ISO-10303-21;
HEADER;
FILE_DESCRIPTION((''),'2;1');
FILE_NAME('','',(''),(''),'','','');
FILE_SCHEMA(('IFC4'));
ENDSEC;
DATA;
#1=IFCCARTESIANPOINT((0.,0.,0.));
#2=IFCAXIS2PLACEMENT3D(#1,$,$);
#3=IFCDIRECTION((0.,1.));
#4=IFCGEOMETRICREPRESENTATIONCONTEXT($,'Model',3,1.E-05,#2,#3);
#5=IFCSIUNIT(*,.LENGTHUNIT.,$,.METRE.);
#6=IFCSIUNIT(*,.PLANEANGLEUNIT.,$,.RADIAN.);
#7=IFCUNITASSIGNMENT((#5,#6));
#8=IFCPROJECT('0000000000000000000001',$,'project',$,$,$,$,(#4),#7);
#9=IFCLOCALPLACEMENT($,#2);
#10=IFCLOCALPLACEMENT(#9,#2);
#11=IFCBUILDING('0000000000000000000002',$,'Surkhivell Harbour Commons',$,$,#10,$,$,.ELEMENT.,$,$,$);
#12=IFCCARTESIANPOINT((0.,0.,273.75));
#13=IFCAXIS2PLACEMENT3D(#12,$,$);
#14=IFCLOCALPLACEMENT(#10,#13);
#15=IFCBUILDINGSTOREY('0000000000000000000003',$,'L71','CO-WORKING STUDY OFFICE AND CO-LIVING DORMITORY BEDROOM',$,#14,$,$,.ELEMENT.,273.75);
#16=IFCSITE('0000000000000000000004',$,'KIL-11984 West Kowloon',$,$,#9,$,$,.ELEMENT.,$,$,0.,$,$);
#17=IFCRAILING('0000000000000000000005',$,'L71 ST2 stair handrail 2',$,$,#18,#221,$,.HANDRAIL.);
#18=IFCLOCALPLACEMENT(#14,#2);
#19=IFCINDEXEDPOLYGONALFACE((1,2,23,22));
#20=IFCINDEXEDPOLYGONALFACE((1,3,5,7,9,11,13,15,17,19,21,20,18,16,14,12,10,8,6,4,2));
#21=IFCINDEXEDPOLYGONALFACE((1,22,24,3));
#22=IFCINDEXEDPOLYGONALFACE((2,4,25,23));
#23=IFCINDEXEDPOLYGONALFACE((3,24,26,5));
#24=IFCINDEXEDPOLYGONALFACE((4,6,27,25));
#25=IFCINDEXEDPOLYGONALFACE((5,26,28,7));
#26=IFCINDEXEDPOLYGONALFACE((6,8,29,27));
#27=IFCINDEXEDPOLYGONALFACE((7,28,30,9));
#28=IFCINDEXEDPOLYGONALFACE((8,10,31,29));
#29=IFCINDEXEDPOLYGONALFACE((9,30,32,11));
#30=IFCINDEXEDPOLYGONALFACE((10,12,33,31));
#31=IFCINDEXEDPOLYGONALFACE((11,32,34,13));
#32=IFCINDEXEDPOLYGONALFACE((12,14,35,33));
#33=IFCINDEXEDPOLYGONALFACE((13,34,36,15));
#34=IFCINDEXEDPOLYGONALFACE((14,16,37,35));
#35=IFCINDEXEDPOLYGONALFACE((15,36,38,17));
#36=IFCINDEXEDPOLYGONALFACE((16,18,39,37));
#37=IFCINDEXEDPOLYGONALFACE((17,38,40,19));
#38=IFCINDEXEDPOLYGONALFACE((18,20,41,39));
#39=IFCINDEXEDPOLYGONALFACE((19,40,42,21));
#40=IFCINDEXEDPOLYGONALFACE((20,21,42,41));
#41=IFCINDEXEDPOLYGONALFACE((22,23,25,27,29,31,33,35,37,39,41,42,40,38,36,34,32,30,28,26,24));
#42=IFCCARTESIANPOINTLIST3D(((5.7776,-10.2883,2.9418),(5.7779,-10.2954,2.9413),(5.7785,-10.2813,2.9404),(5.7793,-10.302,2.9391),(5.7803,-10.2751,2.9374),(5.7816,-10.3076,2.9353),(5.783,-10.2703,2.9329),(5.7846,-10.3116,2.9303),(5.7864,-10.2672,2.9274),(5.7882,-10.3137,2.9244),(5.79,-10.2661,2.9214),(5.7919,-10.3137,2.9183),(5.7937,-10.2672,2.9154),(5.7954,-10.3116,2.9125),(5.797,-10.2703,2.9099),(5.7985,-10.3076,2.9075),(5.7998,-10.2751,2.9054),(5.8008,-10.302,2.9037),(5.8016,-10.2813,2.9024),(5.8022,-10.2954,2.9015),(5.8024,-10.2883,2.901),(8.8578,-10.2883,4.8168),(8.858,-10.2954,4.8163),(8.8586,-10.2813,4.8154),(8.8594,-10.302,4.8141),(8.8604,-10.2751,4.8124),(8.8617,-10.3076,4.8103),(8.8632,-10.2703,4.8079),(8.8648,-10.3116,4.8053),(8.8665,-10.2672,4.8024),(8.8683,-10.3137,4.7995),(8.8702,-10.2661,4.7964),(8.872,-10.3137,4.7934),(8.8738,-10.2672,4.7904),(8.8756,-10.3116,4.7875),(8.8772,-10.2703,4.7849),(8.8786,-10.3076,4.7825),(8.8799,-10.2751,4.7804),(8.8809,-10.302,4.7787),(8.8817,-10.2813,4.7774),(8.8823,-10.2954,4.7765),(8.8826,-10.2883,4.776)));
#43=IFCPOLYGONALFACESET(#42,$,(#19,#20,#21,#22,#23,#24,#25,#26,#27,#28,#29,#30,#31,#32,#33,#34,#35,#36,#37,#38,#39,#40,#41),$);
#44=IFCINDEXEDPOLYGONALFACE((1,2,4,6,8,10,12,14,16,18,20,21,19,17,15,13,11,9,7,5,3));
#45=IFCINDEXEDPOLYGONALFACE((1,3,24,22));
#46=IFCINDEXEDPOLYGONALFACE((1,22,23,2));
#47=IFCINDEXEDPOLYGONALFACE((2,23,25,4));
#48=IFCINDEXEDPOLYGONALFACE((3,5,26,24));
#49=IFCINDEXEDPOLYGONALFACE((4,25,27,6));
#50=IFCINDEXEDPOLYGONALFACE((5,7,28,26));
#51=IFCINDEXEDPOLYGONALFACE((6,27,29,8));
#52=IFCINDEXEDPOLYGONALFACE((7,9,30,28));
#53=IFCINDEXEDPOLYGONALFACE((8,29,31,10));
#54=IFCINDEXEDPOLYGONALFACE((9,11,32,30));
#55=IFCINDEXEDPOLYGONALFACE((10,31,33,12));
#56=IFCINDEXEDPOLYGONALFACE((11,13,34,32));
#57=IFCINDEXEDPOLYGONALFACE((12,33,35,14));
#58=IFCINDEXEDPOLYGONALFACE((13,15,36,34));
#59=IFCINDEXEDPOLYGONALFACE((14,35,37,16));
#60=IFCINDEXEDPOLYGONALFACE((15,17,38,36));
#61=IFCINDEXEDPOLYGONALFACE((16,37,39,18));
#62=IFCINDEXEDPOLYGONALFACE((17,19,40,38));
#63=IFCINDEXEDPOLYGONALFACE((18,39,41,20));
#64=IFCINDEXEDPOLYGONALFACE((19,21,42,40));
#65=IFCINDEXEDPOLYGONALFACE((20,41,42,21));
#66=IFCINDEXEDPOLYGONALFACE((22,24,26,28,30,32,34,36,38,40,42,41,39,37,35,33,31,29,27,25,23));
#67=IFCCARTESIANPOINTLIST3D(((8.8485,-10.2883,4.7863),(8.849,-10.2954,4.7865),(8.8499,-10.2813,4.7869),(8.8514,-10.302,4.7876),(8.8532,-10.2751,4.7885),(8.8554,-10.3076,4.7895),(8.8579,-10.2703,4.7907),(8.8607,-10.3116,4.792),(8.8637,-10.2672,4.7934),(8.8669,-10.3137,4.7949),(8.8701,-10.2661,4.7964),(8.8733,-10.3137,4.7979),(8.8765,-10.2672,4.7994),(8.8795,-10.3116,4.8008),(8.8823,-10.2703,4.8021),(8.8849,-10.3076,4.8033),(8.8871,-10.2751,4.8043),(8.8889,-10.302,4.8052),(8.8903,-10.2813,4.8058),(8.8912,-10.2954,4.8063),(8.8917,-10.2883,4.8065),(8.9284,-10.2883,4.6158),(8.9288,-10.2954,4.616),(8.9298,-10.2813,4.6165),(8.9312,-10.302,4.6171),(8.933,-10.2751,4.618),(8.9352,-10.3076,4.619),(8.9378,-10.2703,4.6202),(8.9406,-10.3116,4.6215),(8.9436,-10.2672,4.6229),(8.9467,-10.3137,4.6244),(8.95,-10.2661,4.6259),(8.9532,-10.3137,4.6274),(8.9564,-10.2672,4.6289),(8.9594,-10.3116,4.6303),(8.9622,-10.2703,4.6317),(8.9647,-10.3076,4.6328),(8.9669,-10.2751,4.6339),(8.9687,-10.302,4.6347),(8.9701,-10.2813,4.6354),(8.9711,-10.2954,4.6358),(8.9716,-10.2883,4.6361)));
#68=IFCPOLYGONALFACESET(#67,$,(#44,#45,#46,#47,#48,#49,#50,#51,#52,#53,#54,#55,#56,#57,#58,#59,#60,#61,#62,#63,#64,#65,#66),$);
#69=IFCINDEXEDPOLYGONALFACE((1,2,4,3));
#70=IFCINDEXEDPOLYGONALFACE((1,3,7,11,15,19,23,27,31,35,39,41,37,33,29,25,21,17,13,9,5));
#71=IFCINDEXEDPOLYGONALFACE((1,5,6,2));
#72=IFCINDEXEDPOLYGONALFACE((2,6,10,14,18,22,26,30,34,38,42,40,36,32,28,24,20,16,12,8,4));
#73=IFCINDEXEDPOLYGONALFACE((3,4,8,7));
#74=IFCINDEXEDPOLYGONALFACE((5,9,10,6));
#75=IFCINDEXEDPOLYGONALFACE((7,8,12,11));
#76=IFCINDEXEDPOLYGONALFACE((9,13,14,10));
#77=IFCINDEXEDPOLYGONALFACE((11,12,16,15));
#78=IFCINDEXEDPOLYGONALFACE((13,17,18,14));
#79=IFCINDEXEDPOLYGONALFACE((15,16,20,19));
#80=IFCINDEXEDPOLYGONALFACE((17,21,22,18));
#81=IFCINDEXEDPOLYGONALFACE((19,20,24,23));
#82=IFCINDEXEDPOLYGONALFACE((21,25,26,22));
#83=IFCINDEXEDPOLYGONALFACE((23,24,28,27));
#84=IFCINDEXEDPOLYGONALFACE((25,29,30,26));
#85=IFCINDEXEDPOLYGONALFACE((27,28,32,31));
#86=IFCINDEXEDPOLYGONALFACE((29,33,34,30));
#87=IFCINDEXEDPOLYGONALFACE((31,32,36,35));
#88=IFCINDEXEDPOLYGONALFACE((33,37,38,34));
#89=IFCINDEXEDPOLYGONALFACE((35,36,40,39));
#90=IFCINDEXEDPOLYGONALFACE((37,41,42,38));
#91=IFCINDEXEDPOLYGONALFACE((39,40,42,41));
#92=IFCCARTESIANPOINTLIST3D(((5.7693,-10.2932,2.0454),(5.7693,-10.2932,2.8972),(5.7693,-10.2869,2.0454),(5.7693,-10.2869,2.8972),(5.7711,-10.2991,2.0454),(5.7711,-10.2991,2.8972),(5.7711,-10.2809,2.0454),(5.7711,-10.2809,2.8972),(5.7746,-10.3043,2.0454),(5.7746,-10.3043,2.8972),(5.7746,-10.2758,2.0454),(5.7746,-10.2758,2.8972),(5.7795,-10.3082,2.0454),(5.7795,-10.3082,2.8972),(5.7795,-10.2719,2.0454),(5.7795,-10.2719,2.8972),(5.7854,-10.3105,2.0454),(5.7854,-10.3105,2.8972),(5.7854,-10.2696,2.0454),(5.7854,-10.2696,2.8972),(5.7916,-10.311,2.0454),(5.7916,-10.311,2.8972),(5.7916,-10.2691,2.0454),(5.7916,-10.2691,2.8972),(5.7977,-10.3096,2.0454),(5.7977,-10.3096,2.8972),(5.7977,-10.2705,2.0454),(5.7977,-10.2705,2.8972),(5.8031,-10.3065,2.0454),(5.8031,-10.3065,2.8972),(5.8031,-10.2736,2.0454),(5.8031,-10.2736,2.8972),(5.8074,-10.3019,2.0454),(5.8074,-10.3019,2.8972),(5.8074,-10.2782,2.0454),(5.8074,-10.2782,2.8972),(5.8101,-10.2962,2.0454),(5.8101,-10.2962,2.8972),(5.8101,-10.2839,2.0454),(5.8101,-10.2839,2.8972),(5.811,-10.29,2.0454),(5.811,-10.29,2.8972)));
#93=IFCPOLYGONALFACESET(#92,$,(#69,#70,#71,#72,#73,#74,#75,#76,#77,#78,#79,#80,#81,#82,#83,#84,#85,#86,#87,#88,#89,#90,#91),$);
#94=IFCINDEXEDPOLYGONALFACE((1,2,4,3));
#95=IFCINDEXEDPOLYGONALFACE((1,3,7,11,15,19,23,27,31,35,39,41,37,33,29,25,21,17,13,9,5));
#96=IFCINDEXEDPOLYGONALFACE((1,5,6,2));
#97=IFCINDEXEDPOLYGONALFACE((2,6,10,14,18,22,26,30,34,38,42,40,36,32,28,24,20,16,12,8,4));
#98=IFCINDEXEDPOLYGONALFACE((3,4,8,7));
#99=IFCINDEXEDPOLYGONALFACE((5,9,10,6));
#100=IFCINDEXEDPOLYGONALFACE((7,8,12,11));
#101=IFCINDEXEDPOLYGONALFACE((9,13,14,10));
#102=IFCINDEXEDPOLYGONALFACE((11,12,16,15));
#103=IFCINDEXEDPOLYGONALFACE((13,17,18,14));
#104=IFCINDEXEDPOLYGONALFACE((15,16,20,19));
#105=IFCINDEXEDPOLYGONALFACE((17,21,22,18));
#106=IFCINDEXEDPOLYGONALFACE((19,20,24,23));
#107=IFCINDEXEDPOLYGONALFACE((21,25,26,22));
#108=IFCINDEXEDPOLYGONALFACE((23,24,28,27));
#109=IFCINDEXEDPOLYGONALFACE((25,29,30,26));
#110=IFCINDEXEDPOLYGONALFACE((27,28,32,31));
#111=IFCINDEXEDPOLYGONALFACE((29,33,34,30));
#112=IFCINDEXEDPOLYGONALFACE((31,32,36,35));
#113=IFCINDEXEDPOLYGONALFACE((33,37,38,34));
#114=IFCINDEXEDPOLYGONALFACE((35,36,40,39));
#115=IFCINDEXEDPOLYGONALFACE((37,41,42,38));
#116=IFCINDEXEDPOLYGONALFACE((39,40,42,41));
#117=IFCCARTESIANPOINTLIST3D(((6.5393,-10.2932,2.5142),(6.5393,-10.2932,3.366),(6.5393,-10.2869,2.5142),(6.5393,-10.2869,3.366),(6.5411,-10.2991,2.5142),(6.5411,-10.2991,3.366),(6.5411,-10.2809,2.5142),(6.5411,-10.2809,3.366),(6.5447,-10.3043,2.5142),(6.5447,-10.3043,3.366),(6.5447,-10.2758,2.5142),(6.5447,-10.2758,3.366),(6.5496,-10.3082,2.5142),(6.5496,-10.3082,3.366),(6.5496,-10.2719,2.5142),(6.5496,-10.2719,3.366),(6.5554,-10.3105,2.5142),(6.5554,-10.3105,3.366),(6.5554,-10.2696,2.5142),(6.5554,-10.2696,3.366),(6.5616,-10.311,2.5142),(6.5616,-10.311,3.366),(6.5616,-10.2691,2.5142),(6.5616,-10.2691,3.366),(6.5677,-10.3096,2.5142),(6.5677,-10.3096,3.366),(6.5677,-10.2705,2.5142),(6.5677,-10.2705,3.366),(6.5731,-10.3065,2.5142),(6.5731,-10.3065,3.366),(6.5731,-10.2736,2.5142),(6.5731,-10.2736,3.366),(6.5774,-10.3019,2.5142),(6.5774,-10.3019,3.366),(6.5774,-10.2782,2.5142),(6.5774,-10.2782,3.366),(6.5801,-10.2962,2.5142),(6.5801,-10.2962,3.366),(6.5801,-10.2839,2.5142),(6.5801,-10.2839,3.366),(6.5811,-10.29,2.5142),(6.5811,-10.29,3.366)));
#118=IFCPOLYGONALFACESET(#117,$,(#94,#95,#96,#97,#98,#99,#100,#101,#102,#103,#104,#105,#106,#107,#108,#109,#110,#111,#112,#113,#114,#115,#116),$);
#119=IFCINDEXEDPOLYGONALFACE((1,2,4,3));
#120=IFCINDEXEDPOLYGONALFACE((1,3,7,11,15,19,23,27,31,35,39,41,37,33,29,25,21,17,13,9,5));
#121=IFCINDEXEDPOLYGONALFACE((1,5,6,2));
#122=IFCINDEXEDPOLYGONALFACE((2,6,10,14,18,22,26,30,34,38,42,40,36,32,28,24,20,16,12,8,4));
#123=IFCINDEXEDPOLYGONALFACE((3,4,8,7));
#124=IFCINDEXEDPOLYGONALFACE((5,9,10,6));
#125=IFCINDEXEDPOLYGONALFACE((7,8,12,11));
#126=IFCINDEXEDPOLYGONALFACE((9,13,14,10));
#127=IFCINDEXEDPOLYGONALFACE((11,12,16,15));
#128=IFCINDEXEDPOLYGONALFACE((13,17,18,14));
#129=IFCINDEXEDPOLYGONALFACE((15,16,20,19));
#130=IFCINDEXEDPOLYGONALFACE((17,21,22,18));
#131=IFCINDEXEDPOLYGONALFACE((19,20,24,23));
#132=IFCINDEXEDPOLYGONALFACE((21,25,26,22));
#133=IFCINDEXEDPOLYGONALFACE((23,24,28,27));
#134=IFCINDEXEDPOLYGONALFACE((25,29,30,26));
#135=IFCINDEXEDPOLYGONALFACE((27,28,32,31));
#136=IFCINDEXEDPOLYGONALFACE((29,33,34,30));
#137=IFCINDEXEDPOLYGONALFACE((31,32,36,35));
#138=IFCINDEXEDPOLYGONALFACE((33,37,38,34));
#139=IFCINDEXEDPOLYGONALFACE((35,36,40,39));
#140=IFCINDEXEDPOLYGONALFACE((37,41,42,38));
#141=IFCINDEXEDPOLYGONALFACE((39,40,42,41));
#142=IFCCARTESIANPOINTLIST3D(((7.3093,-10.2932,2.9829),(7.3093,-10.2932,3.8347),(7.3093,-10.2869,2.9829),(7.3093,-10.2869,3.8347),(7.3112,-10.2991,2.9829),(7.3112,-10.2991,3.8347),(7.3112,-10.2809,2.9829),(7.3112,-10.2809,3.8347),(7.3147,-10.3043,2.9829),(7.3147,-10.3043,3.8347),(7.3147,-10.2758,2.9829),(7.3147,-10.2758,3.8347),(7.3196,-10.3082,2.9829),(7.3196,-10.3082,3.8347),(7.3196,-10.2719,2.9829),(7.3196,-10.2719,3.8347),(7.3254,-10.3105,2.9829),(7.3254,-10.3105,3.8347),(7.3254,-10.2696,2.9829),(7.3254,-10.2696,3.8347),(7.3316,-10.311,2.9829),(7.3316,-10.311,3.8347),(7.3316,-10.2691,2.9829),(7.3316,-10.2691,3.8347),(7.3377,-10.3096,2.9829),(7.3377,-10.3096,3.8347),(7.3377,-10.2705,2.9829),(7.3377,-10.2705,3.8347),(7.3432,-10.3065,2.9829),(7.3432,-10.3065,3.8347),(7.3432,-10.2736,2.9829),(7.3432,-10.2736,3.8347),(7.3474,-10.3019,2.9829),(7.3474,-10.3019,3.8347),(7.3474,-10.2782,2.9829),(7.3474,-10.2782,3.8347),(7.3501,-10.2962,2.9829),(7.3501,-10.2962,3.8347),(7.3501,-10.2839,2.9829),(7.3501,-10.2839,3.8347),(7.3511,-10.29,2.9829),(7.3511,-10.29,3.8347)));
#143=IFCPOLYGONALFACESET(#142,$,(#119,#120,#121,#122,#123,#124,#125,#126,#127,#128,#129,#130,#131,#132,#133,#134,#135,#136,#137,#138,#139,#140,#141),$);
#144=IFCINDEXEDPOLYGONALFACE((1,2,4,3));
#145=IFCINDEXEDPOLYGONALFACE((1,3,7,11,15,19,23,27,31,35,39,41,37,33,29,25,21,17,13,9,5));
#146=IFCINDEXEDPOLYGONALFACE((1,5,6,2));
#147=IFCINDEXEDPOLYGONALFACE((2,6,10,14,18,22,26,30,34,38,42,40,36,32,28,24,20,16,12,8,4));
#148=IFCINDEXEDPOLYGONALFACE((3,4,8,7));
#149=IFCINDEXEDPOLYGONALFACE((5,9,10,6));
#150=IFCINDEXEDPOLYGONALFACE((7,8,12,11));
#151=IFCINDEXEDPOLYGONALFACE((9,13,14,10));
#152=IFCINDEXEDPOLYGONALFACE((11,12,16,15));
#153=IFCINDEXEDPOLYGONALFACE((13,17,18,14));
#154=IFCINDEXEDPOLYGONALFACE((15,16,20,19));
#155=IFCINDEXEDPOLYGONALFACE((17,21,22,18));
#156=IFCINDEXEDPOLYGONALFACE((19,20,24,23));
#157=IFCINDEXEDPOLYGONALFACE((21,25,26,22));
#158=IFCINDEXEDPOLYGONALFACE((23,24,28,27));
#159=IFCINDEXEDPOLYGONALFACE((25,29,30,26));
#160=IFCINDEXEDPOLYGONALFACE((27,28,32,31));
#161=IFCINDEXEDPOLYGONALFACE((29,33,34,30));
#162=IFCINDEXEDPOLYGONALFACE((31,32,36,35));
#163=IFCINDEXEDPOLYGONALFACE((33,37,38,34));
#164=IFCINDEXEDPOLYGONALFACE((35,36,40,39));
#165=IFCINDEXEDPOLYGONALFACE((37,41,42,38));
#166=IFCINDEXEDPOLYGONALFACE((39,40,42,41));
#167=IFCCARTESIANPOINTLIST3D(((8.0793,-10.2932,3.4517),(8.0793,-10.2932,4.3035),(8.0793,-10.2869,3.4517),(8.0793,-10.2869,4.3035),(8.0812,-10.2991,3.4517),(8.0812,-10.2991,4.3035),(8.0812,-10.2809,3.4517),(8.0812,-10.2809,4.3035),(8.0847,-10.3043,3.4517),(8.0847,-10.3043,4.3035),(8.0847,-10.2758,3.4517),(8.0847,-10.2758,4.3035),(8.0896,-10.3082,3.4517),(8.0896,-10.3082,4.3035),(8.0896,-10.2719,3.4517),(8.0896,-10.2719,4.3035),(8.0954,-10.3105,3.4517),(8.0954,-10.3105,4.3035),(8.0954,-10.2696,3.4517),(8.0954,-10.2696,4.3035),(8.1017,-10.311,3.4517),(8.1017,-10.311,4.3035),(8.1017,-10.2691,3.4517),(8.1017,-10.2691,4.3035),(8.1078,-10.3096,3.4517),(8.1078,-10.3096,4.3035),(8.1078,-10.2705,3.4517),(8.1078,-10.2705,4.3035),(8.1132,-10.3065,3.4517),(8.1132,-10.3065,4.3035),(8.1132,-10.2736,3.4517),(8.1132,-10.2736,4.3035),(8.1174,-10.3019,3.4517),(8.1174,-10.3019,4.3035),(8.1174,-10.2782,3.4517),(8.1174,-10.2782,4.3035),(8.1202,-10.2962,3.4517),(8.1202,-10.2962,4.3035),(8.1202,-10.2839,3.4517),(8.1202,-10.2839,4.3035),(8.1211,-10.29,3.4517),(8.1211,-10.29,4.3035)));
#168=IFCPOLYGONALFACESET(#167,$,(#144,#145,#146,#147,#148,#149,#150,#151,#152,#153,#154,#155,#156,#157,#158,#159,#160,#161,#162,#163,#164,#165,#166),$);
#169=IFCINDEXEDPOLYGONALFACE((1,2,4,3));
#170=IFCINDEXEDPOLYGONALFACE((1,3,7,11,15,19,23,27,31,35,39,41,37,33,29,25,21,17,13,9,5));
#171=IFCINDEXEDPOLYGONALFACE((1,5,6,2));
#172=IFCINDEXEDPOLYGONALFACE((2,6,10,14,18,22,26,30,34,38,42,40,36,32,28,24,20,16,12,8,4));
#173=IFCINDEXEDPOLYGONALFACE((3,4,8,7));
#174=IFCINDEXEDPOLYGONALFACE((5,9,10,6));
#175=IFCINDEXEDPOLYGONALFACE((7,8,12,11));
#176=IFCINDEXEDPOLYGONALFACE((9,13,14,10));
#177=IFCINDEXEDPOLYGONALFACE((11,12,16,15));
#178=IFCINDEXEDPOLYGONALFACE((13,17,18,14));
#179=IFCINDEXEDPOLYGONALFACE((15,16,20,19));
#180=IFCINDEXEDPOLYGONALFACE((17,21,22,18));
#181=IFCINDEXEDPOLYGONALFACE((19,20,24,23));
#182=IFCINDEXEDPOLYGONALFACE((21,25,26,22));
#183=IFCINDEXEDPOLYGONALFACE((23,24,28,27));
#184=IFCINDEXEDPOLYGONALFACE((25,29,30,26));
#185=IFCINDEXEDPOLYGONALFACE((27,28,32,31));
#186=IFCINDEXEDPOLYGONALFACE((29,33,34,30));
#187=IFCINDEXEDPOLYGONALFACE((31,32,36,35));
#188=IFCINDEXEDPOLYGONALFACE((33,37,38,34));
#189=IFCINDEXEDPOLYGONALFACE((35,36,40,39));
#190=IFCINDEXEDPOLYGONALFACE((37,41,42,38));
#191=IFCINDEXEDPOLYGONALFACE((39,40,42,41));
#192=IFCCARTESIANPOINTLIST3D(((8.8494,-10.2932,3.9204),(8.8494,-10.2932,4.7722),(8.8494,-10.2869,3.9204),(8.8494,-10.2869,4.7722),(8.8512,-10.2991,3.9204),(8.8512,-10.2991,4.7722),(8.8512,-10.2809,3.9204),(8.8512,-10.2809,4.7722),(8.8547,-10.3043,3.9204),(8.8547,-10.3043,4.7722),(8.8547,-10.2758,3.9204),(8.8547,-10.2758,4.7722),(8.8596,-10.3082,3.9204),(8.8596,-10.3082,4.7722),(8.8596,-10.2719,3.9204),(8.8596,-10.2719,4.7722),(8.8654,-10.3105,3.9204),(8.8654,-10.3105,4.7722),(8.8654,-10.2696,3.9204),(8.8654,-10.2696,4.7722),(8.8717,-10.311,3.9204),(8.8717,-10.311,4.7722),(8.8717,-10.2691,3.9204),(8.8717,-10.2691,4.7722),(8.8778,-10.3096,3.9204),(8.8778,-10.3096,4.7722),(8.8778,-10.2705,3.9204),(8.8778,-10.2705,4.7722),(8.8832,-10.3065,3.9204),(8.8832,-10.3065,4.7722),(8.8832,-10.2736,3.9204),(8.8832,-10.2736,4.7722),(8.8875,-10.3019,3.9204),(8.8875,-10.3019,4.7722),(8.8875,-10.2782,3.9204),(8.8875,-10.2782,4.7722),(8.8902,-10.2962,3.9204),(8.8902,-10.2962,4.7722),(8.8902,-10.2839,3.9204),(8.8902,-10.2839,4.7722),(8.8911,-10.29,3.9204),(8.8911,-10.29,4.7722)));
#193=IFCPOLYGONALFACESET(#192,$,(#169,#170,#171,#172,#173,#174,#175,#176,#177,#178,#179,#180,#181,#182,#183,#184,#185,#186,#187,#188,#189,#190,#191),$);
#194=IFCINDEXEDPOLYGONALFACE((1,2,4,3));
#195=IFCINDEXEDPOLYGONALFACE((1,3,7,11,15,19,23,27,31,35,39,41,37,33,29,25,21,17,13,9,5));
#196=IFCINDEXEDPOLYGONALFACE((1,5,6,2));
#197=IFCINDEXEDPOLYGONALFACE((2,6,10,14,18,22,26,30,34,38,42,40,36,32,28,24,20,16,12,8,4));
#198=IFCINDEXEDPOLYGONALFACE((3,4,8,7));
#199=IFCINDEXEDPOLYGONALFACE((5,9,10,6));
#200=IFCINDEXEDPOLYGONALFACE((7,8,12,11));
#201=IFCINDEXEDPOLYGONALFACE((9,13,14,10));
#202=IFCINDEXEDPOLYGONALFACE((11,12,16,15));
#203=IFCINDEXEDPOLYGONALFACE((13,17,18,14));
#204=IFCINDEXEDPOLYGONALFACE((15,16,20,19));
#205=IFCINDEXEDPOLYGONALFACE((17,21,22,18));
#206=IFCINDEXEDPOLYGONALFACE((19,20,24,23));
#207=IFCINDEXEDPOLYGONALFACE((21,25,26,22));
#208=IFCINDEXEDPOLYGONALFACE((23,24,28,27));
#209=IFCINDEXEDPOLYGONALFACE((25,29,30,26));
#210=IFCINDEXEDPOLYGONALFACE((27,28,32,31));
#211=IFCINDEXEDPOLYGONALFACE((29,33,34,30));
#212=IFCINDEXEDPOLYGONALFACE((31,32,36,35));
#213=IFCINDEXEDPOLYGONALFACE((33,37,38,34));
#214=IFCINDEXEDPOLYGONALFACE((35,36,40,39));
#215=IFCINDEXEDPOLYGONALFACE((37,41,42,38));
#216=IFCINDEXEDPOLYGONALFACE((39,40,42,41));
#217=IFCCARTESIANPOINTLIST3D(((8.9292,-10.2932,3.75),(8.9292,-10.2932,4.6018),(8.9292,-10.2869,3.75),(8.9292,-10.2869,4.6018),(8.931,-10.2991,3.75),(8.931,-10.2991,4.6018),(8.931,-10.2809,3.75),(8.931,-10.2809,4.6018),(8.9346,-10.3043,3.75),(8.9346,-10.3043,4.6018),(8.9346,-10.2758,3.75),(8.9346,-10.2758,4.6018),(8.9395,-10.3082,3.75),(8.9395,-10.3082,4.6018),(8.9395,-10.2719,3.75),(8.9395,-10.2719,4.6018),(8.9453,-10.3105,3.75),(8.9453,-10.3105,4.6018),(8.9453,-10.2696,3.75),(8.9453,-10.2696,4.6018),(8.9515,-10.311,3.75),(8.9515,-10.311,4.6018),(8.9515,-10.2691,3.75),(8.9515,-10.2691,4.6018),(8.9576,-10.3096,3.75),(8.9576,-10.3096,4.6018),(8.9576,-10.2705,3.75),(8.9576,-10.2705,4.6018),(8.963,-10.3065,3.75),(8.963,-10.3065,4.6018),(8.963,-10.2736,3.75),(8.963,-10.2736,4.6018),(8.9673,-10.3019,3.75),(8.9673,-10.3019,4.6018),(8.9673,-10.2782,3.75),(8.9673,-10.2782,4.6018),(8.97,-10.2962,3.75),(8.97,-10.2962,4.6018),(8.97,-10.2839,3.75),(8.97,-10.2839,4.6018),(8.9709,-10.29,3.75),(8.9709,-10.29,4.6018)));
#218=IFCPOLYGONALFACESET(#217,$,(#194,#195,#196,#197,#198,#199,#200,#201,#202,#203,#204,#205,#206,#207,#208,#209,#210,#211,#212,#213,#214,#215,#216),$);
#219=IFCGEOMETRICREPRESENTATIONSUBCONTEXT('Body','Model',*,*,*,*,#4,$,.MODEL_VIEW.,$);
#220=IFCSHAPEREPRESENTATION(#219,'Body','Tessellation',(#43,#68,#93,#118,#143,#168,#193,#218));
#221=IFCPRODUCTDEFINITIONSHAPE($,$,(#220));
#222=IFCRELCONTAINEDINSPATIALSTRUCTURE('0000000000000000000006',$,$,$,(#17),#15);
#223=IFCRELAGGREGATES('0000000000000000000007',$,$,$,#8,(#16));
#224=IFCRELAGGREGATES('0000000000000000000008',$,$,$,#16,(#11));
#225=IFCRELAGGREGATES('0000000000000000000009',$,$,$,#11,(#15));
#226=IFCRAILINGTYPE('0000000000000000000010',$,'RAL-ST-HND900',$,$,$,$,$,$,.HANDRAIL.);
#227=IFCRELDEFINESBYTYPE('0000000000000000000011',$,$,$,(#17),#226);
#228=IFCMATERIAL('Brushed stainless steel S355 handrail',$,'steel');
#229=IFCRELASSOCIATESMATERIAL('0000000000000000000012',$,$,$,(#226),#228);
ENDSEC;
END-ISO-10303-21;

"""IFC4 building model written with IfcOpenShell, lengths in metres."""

from ifc_helpers import new_model, si_unit, direction, frame, origin, origin_2d, place, context, subcontext, project, spatial, circle, extrude, material, type_object, element, save


model = new_model("IFC4")

# Units and contexts
model_context = context("Model", 3, precision=1e-05, world=origin(), true_north=direction((0.0, 1.0)))
body_context = subcontext(model_context, "Body", "Model", "MODEL_VIEW")
ifc_project = project(units=[si_unit("LENGTHUNIT", "METRE"), si_unit("PLANEANGLEUNIT", "RADIAN")], contexts=[model_context])

# Site, building, storey
site_placement = place(None, origin())
site = spatial("IfcSite", under=ifc_project, at=site_placement, Name="KIL-11984 West Kowloon", CompositionType="ELEMENT", RefElevation=0.0)
building_placement = place(site_placement, origin())
building = spatial("IfcBuilding", under=site, at=building_placement, Name="Surkhivell Harbour Commons", CompositionType="ELEMENT")
storey_placement = place(building_placement, frame((0.0, 0.0, 273.75)))
storey = spatial("IfcBuildingStorey", under=building, at=storey_placement, Name="L71", Description="CO-WORKING STUDY OFFICE AND CO-LIVING DORMITORY BEDROOM", CompositionType="ELEMENT", Elevation=273.75)

# Railing
ifc_material_1 = material(Name="Brushed stainless steel S355 handrail", Category="steel")
railing_type_1 = type_object("IfcRailingType", Name="RAL-ST-HND900", PredefinedType="HANDRAIL", material=ifc_material_1)
railing_1_placement = place(storey_placement, frame((5.79, -10.29, 2.0454)))
element("IfcRailing", 1, at=railing_1_placement, inside=storey, type_object=railing_type_1, Name="L71 ST2 stair handrail 2", PredefinedType="HANDRAIL", context=body_context, shape_type="SweptSolid", body=[
    extrude(circle(Radius=0.0239, at=origin_2d()), frame((0.0, 0.0, 0.876), z_axis=(0.854178, 0.0, 0.519981), x_axis=(0.0, 1.0, 0.0)), (0.0, 0.0, 1.0), 3.606),
    extrude(circle(Radius=0.0239, at=origin_2d()), frame((3.0801, 0.0, 2.751), z_axis=(0.424234, 0.0, -0.905552), x_axis=(0.0, 1.0, 0.0)), (0.0, 0.0, 1.0), 0.1882),
    extrude(circle(Radius=0.021, at=origin_2d()), origin(), (0.0, 0.0, 1.0), 0.8518),
    extrude(circle(Radius=0.021, at=origin_2d()), frame((0.77, 0.0, 0.4688)), (0.0, 0.0, 1.0), 0.8518),
    extrude(circle(Radius=0.021, at=origin_2d()), frame((1.54, 0.0, 0.9375)), (0.0, 0.0, 1.0), 0.8518),
    extrude(circle(Radius=0.021, at=origin_2d()), frame((2.3101, 0.0, 1.4062)), (0.0, 0.0, 1.0), 0.8518),
    extrude(circle(Radius=0.021, at=origin_2d()), frame((3.0801, 0.0, 1.875)), (0.0, 0.0, 1.0), 0.8518),
    extrude(circle(Radius=0.021, at=origin_2d()), frame((3.1599, 0.0, 1.7046)), (0.0, 0.0, 1.0), 0.8518),
])

save(model, "model.ifc")
